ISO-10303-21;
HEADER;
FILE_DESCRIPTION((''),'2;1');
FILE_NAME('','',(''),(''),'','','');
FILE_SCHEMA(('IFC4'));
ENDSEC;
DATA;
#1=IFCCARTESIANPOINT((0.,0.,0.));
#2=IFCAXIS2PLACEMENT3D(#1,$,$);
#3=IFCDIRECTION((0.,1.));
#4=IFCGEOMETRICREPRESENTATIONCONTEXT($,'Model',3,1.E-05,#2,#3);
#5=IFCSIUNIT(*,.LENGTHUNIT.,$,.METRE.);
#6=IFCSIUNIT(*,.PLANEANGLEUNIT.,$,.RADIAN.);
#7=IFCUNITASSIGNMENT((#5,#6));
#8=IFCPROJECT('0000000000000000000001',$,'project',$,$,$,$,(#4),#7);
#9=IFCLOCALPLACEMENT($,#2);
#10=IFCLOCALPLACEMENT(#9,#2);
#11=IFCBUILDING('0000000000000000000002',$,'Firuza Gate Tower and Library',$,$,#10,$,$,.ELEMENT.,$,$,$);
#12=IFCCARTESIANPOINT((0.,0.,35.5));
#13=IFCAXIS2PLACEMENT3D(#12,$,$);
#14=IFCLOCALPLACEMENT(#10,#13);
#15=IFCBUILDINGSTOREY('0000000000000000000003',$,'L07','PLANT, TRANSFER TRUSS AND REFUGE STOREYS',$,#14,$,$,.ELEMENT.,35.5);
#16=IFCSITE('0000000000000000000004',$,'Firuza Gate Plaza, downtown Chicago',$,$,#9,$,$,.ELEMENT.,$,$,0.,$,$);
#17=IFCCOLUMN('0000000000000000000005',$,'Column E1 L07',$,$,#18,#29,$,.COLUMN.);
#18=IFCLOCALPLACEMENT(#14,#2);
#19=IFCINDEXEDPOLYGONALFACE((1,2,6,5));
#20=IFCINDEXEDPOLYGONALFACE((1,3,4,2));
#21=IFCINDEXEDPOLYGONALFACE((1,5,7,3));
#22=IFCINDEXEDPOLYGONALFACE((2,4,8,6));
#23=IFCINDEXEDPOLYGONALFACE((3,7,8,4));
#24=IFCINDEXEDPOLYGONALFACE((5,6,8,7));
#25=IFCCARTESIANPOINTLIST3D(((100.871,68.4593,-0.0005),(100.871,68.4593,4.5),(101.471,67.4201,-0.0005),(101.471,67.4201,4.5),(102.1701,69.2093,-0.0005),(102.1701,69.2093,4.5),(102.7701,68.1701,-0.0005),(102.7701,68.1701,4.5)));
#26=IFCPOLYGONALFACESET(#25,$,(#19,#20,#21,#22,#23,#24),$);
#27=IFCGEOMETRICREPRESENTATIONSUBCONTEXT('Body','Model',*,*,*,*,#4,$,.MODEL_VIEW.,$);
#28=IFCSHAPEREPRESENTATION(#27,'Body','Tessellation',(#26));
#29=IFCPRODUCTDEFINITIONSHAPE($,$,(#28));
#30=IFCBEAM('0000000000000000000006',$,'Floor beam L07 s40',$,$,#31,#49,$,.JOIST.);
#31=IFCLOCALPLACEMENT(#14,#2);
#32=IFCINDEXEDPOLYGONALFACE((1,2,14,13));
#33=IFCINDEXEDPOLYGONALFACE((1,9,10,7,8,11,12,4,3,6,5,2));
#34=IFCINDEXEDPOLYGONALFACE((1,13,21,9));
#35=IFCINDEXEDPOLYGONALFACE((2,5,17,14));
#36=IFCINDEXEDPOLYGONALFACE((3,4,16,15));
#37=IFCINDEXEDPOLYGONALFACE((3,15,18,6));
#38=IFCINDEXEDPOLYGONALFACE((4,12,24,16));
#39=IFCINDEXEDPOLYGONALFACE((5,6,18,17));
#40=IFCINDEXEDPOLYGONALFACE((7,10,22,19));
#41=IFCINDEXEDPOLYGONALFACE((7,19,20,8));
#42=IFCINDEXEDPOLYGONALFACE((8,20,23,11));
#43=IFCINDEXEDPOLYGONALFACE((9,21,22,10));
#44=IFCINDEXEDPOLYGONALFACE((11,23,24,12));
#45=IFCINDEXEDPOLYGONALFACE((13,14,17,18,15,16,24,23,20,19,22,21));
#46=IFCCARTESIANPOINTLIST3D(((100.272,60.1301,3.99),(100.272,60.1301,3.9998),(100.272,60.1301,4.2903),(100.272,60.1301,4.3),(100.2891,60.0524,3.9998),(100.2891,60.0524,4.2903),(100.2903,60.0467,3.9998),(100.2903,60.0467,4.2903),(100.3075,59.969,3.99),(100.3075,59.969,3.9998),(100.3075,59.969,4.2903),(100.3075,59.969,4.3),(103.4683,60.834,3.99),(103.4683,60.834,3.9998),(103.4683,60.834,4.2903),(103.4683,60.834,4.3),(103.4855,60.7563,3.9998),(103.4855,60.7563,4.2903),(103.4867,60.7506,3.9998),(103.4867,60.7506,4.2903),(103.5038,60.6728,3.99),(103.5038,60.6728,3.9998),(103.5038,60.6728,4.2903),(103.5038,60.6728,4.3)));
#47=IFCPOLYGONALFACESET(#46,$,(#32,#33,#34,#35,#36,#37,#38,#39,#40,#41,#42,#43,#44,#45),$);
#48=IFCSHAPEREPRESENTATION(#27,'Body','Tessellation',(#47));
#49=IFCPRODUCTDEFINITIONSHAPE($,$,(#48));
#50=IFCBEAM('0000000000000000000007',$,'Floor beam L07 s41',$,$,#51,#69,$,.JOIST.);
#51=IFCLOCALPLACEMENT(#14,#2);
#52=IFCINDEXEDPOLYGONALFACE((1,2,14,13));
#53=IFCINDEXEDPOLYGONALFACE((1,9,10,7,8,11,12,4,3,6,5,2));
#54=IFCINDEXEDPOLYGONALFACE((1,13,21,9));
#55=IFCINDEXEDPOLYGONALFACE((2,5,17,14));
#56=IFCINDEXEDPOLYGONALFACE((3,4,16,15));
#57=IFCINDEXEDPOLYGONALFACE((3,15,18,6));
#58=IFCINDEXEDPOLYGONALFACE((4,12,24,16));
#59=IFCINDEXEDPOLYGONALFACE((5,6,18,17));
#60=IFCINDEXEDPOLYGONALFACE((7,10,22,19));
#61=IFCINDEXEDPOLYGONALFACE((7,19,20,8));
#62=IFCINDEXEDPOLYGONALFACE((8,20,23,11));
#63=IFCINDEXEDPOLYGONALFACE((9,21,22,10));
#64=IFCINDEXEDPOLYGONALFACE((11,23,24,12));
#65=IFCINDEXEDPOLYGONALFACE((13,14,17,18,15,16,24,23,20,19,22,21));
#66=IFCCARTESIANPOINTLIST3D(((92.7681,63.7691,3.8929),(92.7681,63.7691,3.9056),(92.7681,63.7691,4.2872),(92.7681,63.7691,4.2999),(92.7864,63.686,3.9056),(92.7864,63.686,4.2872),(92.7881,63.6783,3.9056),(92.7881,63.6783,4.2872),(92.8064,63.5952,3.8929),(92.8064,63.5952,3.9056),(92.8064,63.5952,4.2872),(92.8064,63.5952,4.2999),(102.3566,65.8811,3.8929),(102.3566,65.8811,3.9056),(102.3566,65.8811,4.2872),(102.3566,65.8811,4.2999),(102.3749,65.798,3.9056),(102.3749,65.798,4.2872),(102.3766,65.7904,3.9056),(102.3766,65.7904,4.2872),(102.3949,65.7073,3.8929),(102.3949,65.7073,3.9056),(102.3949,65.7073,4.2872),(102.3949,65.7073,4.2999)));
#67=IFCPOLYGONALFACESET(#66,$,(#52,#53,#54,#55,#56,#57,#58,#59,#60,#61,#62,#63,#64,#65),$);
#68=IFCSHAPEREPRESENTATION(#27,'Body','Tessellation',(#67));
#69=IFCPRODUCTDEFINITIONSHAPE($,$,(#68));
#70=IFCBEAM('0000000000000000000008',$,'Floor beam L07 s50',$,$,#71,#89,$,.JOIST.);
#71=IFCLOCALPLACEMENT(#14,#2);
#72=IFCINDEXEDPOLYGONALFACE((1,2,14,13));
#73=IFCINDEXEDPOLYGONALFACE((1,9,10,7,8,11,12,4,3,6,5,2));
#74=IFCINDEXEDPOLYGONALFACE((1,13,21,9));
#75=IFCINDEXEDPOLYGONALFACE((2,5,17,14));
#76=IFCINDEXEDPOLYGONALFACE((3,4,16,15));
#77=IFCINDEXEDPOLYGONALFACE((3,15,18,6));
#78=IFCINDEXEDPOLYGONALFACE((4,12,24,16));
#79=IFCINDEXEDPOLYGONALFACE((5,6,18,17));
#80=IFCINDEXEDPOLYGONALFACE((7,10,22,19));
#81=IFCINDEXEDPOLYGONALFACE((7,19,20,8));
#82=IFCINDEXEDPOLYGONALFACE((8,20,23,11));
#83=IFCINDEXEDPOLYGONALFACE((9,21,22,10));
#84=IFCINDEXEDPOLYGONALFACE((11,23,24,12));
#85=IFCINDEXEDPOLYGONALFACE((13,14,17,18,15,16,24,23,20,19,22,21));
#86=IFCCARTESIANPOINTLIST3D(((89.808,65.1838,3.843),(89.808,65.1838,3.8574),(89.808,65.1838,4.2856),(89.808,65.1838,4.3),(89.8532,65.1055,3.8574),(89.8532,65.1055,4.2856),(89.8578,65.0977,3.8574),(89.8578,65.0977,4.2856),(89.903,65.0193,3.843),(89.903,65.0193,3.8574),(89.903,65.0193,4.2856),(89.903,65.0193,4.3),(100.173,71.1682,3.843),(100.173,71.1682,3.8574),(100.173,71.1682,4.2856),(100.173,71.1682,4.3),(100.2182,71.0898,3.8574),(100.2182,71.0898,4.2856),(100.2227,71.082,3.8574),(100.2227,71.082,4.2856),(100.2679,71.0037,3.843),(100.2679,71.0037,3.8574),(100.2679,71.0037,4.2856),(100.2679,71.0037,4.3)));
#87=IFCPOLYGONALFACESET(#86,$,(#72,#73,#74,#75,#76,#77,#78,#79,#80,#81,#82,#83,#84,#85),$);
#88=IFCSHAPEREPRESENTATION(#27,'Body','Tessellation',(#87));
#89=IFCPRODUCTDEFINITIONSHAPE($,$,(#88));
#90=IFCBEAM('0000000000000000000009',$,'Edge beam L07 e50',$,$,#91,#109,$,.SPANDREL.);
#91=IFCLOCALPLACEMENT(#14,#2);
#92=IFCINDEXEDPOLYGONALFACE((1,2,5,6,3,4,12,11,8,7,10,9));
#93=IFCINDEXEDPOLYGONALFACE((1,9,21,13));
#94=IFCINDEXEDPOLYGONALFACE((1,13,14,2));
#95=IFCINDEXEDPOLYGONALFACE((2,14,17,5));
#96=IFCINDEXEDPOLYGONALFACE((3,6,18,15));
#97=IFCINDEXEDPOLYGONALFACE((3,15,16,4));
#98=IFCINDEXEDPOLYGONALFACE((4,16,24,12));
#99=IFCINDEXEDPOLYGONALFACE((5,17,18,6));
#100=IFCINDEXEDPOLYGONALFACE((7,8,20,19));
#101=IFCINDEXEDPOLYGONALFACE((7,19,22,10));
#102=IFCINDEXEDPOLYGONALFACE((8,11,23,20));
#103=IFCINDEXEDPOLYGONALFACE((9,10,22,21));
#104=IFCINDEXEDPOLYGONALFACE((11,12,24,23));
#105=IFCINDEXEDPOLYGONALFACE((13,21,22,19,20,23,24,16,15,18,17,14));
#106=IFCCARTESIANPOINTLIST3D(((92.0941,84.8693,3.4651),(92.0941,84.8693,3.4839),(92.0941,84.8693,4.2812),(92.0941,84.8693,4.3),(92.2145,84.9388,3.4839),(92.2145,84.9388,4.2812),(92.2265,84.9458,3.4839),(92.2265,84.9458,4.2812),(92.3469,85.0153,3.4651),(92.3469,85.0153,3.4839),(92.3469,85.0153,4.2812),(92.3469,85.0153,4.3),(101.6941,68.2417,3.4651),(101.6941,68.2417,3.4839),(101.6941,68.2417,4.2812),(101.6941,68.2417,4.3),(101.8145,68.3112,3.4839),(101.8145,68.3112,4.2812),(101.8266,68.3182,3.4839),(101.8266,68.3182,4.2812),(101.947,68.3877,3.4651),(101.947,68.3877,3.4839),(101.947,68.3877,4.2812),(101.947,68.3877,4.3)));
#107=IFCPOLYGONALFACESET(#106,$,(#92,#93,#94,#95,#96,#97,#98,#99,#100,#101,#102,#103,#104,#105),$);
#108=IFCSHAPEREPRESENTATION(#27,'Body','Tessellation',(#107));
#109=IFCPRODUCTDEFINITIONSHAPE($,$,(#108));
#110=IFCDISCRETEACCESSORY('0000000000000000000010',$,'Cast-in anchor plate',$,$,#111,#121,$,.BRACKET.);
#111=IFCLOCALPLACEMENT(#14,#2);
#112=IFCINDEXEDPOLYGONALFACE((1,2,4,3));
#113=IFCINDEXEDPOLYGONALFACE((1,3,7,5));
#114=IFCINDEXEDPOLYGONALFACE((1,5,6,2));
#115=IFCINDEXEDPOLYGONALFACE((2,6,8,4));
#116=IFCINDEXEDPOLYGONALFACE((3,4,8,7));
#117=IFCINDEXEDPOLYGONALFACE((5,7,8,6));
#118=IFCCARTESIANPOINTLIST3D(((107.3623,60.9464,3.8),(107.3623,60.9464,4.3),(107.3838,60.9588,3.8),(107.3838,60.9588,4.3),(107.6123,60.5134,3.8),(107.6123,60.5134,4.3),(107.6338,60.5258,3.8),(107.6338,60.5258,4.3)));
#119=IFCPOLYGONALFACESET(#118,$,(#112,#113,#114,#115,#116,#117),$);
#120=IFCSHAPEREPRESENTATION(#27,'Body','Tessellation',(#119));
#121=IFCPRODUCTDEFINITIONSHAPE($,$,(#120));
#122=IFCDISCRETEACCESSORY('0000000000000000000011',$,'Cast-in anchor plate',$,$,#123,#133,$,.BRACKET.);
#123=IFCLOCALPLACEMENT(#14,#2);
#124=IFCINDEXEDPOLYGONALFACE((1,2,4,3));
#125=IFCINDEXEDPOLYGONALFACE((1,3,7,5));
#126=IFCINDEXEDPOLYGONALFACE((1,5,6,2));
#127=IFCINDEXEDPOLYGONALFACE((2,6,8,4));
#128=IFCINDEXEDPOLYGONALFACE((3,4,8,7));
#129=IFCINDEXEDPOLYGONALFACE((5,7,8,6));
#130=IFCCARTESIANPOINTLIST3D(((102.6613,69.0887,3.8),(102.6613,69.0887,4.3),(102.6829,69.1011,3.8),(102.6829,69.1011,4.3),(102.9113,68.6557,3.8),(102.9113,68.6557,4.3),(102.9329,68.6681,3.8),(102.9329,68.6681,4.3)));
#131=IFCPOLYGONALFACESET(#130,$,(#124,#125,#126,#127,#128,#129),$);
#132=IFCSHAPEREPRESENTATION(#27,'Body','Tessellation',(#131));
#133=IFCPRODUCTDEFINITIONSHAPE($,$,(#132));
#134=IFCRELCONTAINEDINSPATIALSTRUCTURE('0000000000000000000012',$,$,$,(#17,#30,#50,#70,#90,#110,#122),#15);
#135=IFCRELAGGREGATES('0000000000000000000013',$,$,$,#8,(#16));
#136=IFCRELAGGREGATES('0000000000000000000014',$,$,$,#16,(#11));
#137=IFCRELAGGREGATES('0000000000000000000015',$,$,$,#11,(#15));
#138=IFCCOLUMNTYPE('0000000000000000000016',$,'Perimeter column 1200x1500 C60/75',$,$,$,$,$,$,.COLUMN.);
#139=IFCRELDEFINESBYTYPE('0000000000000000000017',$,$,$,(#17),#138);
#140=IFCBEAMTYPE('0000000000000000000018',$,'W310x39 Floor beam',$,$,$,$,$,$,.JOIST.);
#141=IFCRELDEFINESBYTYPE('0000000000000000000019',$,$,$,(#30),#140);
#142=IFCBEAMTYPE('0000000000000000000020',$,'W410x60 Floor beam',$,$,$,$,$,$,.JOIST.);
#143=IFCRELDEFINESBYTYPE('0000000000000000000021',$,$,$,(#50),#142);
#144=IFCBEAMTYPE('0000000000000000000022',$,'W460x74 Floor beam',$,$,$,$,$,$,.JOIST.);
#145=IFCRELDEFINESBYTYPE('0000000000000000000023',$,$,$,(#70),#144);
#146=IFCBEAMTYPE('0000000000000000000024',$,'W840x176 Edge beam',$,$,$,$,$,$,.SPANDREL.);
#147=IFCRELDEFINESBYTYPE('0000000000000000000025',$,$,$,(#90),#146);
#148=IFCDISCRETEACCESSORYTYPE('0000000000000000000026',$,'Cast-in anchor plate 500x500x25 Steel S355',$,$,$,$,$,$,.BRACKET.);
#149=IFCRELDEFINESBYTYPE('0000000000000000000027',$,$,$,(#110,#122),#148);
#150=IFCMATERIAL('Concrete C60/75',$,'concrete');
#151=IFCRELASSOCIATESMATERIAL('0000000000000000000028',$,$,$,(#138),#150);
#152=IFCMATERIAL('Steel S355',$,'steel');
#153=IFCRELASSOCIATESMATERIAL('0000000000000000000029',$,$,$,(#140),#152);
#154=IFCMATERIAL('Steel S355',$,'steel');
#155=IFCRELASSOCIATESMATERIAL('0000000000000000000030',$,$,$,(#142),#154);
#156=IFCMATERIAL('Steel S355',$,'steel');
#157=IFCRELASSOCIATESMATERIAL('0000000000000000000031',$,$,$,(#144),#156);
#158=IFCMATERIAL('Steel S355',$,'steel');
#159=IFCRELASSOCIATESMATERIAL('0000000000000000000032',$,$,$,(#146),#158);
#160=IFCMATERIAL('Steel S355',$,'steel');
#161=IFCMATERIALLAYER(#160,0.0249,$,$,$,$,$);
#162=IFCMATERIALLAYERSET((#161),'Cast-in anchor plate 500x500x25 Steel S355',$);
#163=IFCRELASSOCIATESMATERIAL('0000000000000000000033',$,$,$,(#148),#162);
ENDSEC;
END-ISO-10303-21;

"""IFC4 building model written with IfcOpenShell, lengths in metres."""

from ifc_helpers import new_model, si_unit, direction, frame, origin, origin_2d, place, context, subcontext, project, spatial, rectangle, i_section, extrude, material, layer, layer_set, material_profile, profile_set, type_object, element, save


model = new_model("IFC4")

# Units and contexts
model_context = context("Model", 3, precision=1e-05, world=origin(), true_north=direction((0.0, 1.0)))
body_context = subcontext(model_context, "Body", "Model", "MODEL_VIEW")
ifc_project = project(units=[si_unit("LENGTHUNIT", "METRE"), si_unit("PLANEANGLEUNIT", "RADIAN")], contexts=[model_context])

# Site, building, storey
site_placement = place(None, origin())
site = spatial("IfcSite", under=ifc_project, at=site_placement, Name="Firuza Gate Plaza, downtown Chicago", CompositionType="ELEMENT", RefElevation=0.0)
building_placement = place(site_placement, origin())
building = spatial("IfcBuilding", under=site, at=building_placement, Name="Firuza Gate Tower and Library", CompositionType="ELEMENT")
storey_placement = place(building_placement, frame((0.0, 0.0, 35.5)))
storey = spatial("IfcBuildingStorey", under=building, at=storey_placement, Name="L07", Description="PLANT, TRANSFER TRUSS AND REFUGE STOREYS", CompositionType="ELEMENT", Elevation=35.5)

# Column
ifc_material_1 = material(Name="Concrete C60/75", Category="concrete")
ifc_material_profile_1 = material_profile(ifc_material_1, rectangle(XDim=1.2, YDim=1.5, at=origin_2d()))
ifc_profile_set_1 = profile_set([ifc_material_profile_1], Name="Concrete C60/75")
column_type = type_object("IfcColumnType", Name="Perimeter column 1200x1500 C60/75", PredefinedType="COLUMN", material=ifc_profile_set_1)
column_placement = place(storey_placement, frame((101.8206, 68.3147, -0.0005), z_axis=(0.0, 0.0, 1.0), x_axis=(-0.5, 0.866025, 0.0)))
element("IfcColumn", 1, at=column_placement, inside=storey, type_object=column_type, Name="Column E1 L07", PredefinedType="COLUMN", context=body_context, shape_type="SweptSolid", body=[
    extrude(rectangle(XDim=1.2, YDim=1.5, at=origin_2d()), origin(), (0.0, 0.0, 1.0), 4.5005),
])

# Beams
ifc_material_2 = material(Name="Steel S355", Category="steel")
ifc_material_profile_2 = material_profile(ifc_material_2, i_section(OverallWidth=0.165, OverallDepth=0.3101, WebThickness=0.0059, FlangeThickness=0.0098, at=origin_2d()))
ifc_profile_set_2 = profile_set([ifc_material_profile_2], Name="Steel S355")
beam_type_1 = type_object("IfcBeamType", Name="W310x39 Floor beam", PredefinedType="JOIST", material=ifc_profile_set_2)
beam_1_placement = place(storey_placement, frame((103.4861, 60.7534, 4.145), z_axis=(-0.976601, -0.215058, 0.0), x_axis=(0.215058, -0.976601, 0.0)))
element("IfcBeam", 2, at=beam_1_placement, inside=storey, type_object=beam_type_1, Name="Floor beam L07 s40", PredefinedType="JOIST", context=body_context, shape_type="SweptSolid", body=[
    extrude(i_section(OverallWidth=0.165, OverallDepth=0.3101, WebThickness=0.0059, FlangeThickness=0.0098, at=origin_2d()), origin(), (0.0, 0.0, 1.0), 3.2729),
])
ifc_material_3 = material(Name="Steel S355", Category="steel")
ifc_material_profile_3 = material_profile(ifc_material_3, i_section(OverallWidth=0.178, OverallDepth=0.407, WebThickness=0.0078, FlangeThickness=0.0127, at=origin_2d()))
ifc_profile_set_3 = profile_set([ifc_material_profile_3], Name="Steel S355")
beam_type_2 = type_object("IfcBeamType", Name="W410x60 Floor beam", PredefinedType="JOIST", material=ifc_profile_set_3)
beam_2_placement = place(storey_placement, frame((102.3757, 65.7942, 4.0964), z_axis=(-0.97659, -0.215111, 0.0), x_axis=(0.215111, -0.97659, 0.0)))
element("IfcBeam", 3, at=beam_2_placement, inside=storey, type_object=beam_type_2, Name="Floor beam L07 s41", PredefinedType="JOIST", context=body_context, shape_type="SweptSolid", body=[
    extrude(i_section(OverallWidth=0.178, OverallDepth=0.407, WebThickness=0.0078, FlangeThickness=0.0127, at=origin_2d()), origin(), (0.0, 0.0, 1.0), 9.8184),
])
ifc_material_4 = material(Name="Steel S355", Category="steel")
ifc_material_profile_4 = material_profile(ifc_material_4, i_section(OverallWidth=0.1899, OverallDepth=0.457, WebThickness=0.009, FlangeThickness=0.0144, at=origin_2d()))
ifc_profile_set_4 = profile_set([ifc_material_profile_4], Name="Steel S355")
beam_type_3 = type_object("IfcBeamType", Name="W460x74 Floor beam", PredefinedType="JOIST", material=ifc_profile_set_4)
beam_3_placement = place(storey_placement, frame((100.2205, 71.0859, 4.0715), z_axis=(-0.86602, -0.500009, 0.0), x_axis=(0.500009, -0.86602, 0.0)))
element("IfcBeam", 4, at=beam_3_placement, inside=storey, type_object=beam_type_3, Name="Floor beam L07 s50", PredefinedType="JOIST", context=body_context, shape_type="SweptSolid", body=[
    extrude(i_section(OverallWidth=0.1899, OverallDepth=0.457, WebThickness=0.009, FlangeThickness=0.0144, at=origin_2d()), origin(), (0.0, 0.0, 1.0), 11.9685),
])
ifc_material_5 = material(Name="Steel S355", Category="steel")
ifc_material_profile_5 = material_profile(ifc_material_5, i_section(OverallWidth=0.292, OverallDepth=0.835, WebThickness=0.0139, FlangeThickness=0.0188, at=origin_2d()))
ifc_profile_set_5 = profile_set([ifc_material_profile_5], Name="Steel S355")
beam_type_4 = type_object("IfcBeamType", Name="W840x176 Edge beam", PredefinedType="SPANDREL", material=ifc_profile_set_5)
beam_4_placement = place(storey_placement, frame((101.8206, 68.3147, 3.8826), z_axis=(-0.500004, 0.866023, 0.0), x_axis=(-0.866023, -0.500004, 0.0)))
element("IfcBeam", 5, at=beam_4_placement, inside=storey, type_object=beam_type_4, Name="Edge beam L07 e50", PredefinedType="SPANDREL", context=body_context, shape_type="SweptSolid", body=[
    extrude(i_section(OverallWidth=0.292, OverallDepth=0.835, WebThickness=0.0139, FlangeThickness=0.0188, at=origin_2d()), origin(), (0.0, 0.0, 1.0), 19.2),
])

# Discrete accessories
ifc_material_6 = material(Name="Steel S355", Category="steel")
ifc_layer = layer(ifc_material_6, 0.0249)
ifc_layer_set = layer_set([ifc_layer], Name="Cast-in anchor plate 500x500x25 Steel S355")
discrete_accessory_type = type_object("IfcDiscreteAccessoryType", Name="Cast-in anchor plate 500x500x25 Steel S355", PredefinedType="BRACKET", material=ifc_layer_set)
for number, where, z_axis, x_axis, name in (
    (6, (107.498, 60.7361, 3.8), (0.0, 0.0, 1.0), (-0.5, 0.866025, 0.0), "Cast-in anchor plate"),
    (7, (102.7971, 68.8784, 3.8), (0.0, 0.0, 1.0), (-0.5, 0.866025, 0.0), "Cast-in anchor plate"),
):
    element("IfcDiscreteAccessory", number, at=place(storey_placement, frame(where, z_axis=z_axis, x_axis=x_axis)), inside=storey, type_object=discrete_accessory_type, Name=name, PredefinedType="BRACKET", context=body_context, shape_type="SweptSolid", body=[
        extrude(rectangle(XDim=0.5, YDim=0.0249, at=origin_2d()), origin(), (0.0, 0.0, 1.0), 0.5),
    ])

save(model, "model.ifc")
